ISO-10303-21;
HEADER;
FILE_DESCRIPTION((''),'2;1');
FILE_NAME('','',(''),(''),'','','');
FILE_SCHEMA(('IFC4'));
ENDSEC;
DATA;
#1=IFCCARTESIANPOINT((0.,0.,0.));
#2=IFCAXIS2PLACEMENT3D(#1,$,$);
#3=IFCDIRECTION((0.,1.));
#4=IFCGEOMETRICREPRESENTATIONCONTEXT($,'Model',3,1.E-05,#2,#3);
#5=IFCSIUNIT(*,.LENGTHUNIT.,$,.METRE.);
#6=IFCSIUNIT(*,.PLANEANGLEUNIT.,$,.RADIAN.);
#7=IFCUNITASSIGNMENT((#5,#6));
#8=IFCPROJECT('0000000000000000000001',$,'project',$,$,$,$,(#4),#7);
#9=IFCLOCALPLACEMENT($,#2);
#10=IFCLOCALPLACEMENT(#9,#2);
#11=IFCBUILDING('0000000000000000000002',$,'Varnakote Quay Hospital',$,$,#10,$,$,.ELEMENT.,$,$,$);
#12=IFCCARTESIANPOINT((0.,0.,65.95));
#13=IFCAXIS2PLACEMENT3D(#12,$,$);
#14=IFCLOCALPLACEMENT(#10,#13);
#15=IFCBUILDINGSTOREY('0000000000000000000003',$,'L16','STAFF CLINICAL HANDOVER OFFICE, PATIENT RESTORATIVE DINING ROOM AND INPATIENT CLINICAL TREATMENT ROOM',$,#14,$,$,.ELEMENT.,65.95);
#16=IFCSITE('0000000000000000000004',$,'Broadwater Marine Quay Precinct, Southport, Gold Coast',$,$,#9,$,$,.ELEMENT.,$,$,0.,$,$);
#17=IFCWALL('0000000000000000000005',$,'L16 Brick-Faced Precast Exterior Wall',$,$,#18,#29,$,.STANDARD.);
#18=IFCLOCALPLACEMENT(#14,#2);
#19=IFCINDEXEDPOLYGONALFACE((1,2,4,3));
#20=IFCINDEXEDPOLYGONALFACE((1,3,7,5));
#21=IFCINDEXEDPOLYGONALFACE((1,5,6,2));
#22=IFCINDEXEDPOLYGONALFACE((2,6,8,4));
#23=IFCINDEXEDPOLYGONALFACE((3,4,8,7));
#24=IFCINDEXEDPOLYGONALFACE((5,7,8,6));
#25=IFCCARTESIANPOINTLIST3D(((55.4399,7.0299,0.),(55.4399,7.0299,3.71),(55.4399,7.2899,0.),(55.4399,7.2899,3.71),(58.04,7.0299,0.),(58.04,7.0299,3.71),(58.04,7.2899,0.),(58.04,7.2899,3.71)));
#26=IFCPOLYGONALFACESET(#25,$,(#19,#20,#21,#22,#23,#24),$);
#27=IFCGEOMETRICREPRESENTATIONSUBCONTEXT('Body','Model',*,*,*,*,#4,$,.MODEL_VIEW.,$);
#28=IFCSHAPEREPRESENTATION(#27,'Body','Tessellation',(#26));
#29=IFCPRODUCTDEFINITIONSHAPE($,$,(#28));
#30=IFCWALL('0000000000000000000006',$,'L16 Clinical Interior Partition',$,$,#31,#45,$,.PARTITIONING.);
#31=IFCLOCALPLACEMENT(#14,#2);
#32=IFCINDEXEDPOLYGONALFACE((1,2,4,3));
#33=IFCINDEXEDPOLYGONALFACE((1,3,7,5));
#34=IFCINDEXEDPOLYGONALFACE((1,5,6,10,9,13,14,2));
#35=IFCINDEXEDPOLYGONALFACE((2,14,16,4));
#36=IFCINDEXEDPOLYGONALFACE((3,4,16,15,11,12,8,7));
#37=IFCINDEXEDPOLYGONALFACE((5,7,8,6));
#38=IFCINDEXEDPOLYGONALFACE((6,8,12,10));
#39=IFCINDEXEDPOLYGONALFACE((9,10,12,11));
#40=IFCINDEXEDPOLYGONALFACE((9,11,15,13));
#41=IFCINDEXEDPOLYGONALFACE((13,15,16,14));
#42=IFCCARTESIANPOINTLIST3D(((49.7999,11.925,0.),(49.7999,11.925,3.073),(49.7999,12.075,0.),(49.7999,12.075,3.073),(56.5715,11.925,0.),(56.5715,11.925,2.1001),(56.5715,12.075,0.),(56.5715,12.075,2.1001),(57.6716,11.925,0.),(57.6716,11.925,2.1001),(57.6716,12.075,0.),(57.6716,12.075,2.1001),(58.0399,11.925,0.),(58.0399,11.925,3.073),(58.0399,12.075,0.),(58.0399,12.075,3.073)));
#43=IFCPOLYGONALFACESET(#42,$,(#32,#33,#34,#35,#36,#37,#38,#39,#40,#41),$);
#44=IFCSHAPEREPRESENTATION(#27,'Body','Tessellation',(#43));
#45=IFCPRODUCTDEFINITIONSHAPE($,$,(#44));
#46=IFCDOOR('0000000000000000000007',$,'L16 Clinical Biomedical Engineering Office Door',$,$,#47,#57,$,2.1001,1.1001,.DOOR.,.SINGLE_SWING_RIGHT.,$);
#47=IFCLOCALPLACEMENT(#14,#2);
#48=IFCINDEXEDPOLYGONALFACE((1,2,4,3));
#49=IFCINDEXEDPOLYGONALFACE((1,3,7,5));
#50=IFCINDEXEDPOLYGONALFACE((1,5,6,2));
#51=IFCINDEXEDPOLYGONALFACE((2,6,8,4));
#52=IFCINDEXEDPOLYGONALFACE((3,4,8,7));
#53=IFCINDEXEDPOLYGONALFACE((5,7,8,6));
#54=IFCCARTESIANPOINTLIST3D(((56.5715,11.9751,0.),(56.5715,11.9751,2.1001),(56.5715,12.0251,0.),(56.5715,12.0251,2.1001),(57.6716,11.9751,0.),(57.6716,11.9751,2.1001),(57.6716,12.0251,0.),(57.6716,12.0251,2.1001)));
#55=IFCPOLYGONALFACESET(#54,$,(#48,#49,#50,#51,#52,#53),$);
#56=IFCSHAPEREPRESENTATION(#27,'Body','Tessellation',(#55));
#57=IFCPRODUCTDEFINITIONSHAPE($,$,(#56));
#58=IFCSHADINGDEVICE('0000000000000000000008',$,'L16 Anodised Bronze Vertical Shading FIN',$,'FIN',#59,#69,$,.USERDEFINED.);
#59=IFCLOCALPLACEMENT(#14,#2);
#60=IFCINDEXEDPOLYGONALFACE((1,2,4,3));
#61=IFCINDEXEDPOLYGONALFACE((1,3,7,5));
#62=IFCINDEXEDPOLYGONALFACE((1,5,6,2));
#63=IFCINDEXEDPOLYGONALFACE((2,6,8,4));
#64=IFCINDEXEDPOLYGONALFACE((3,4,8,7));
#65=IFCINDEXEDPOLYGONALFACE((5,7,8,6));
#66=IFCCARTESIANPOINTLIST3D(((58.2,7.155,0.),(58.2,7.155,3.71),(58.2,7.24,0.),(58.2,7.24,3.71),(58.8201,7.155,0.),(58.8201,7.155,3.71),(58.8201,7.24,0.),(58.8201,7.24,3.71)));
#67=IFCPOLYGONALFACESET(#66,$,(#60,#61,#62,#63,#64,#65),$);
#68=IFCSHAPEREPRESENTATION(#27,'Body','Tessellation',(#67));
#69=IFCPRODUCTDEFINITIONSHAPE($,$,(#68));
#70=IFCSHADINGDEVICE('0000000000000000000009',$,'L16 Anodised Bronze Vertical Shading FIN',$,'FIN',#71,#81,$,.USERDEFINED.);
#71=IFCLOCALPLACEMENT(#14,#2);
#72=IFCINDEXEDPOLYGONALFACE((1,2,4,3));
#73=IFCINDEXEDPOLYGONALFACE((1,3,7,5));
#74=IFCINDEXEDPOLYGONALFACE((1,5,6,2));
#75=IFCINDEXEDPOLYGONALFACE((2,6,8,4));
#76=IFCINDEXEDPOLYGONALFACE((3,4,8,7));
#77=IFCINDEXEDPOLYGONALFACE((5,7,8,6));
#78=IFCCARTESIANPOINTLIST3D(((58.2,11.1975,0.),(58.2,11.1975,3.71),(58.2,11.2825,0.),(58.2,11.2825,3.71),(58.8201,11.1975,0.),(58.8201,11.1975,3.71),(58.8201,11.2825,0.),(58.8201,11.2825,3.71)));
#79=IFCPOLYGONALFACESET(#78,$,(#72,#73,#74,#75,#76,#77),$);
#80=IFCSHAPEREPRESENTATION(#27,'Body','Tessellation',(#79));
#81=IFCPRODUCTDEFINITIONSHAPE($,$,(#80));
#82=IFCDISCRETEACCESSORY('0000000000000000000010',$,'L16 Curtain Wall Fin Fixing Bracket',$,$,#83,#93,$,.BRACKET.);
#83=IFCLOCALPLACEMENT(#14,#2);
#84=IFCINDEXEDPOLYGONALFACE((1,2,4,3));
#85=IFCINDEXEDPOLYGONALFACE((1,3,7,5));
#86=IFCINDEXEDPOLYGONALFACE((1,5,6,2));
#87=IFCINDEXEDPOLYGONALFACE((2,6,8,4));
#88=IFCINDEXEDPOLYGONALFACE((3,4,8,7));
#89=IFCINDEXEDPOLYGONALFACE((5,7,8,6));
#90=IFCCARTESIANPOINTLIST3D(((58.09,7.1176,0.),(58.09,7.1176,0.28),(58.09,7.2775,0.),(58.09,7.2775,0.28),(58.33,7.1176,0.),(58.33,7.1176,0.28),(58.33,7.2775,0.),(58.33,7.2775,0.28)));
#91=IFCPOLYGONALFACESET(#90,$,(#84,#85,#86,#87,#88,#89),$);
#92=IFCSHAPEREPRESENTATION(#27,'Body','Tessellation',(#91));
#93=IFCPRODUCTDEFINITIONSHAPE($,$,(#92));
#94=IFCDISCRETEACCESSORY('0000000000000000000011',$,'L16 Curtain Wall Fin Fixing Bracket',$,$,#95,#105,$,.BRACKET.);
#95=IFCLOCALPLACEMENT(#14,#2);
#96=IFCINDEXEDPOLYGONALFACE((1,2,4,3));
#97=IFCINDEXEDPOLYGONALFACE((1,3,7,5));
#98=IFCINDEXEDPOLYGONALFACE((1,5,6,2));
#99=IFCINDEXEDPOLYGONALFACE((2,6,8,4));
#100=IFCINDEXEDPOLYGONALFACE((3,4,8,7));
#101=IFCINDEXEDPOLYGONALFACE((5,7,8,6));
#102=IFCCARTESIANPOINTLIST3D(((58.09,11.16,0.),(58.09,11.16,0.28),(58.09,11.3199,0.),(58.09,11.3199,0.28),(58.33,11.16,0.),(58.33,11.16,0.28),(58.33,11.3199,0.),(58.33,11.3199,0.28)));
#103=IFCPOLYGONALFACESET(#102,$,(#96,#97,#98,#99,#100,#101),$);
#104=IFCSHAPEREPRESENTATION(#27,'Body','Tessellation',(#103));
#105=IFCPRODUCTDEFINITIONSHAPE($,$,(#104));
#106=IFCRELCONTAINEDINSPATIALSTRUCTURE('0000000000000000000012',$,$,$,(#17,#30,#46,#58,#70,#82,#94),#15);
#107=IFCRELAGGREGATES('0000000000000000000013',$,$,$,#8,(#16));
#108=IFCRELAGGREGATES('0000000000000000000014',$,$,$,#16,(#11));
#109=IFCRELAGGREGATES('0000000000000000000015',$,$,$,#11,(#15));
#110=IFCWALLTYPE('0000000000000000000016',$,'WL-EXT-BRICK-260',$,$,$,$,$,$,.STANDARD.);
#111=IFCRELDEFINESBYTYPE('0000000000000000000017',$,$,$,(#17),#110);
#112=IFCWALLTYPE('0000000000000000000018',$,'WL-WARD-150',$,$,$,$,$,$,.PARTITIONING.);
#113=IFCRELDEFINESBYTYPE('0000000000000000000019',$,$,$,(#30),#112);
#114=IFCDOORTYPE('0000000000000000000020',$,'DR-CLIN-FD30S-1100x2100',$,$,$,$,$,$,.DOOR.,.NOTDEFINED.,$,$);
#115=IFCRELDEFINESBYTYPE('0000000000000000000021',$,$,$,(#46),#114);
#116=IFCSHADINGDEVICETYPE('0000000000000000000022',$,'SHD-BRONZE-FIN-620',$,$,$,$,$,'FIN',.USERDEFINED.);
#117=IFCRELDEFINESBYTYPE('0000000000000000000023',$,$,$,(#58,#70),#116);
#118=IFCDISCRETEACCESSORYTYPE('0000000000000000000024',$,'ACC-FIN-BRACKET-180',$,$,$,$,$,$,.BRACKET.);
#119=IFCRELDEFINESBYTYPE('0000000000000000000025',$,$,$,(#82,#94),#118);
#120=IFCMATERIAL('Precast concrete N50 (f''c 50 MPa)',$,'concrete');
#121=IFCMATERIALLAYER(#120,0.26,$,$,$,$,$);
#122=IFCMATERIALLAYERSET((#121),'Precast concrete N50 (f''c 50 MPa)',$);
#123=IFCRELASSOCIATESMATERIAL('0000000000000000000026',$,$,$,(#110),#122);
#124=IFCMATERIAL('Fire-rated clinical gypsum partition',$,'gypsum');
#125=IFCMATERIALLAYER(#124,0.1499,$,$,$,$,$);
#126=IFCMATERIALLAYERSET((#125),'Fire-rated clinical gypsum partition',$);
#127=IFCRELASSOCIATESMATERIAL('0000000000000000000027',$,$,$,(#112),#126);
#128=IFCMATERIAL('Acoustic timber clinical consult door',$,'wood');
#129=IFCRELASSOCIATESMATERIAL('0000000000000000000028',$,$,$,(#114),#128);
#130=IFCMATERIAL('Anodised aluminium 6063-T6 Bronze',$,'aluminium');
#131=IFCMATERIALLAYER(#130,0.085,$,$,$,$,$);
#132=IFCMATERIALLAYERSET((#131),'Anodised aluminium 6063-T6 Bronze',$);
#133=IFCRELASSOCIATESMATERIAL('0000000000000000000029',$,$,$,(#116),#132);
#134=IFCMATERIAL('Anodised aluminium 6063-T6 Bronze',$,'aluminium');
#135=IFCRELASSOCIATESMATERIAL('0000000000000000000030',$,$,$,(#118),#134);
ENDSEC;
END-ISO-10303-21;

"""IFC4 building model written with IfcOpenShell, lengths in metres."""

from ifc_helpers import new_model, si_unit, direction, frame, frame_2d, origin, origin_2d, place, context, subcontext, project, spatial, rectangle, extrude, material, layer, layer_set, type_object, element, fill, save


model = new_model("IFC4")

# Units and contexts
model_context = context("Model", 3, precision=1e-05, world=origin(), true_north=direction((0.0, 1.0)))
body_context = subcontext(model_context, "Body", "Model", "MODEL_VIEW")
ifc_project = project(units=[si_unit("LENGTHUNIT", "METRE"), si_unit("PLANEANGLEUNIT", "RADIAN")], contexts=[model_context])

# Site, building, storey
site_placement = place(None, origin())
site = spatial("IfcSite", under=ifc_project, at=site_placement, Name="Broadwater Marine Quay Precinct, Southport, Gold Coast", CompositionType="ELEMENT", RefElevation=0.0)
building_placement = place(site_placement, origin())
building = spatial("IfcBuilding", under=site, at=building_placement, Name="Varnakote Quay Hospital", CompositionType="ELEMENT")
storey_placement = place(building_placement, frame((0.0, 0.0, 65.95)))
storey = spatial("IfcBuildingStorey", under=building, at=storey_placement, Name="L16", Description="STAFF CLINICAL HANDOVER OFFICE, PATIENT RESTORATIVE DINING ROOM AND INPATIENT CLINICAL TREATMENT ROOM", CompositionType="ELEMENT", Elevation=65.95)

# Wall
ifc_material_1 = material(Name="Precast concrete N50 (f'c 50 MPa)", Category="concrete")
ifc_layer_1 = layer(ifc_material_1, 0.26)
ifc_layer_set_1 = layer_set([ifc_layer_1], Name="Precast concrete N50 (f'c 50 MPa)")
wall_type_1 = type_object("IfcWallType", Name="WL-EXT-BRICK-260", PredefinedType="STANDARD", material=ifc_layer_set_1)
wall_1_placement = place(storey_placement, frame((55.4399, 7.1599, 0.0), z_axis=(0.0, 0.0, 1.0), x_axis=(1.0, 0.0, 0.0)))
element("IfcWall", 1, at=wall_1_placement, inside=storey, type_object=wall_type_1, Name="L16 Brick-Faced Precast Exterior Wall", PredefinedType="STANDARD", context=body_context, shape_type="SweptSolid", body=[
    extrude(rectangle(XDim=2.6001, YDim=0.26, at=frame_2d((1.3, 0.0))), origin(), (0.0, 0.0, 1.0), 3.71),
])

# Wall, opening, door
ifc_material_2 = material(Name="Fire-rated clinical gypsum partition", Category="gypsum")
ifc_layer_2 = layer(ifc_material_2, 0.1499)
ifc_layer_set_2 = layer_set([ifc_layer_2], Name="Fire-rated clinical gypsum partition")
wall_type_2 = type_object("IfcWallType", Name="WL-WARD-150", PredefinedType="PARTITIONING", material=ifc_layer_set_2)
wall_2_placement = place(storey_placement, frame((58.04, 12.0, 0.0), z_axis=(0.0, 0.0, 1.0), x_axis=(-1.0, 0.0, 0.0)))
wall_2 = element("IfcWall", 2, at=wall_2_placement, inside=storey, type_object=wall_type_2, Name="L16 Clinical Interior Partition", PredefinedType="PARTITIONING", context=body_context, shape_type="SweptSolid", body=[
    extrude(rectangle(XDim=8.24, YDim=0.1499, at=frame_2d((4.1201, 0.0))), origin(), (0.0, 0.0, 1.0), 3.073),
])
opening_placement = place(wall_2_placement, frame((0.3684, 0.0, 0.0)))
opening = element("IfcOpeningElement", 3, at=opening_placement, cuts=wall_2, PredefinedType="OPENING", context=body_context, shape_type="SweptSolid", body=[
    extrude(rectangle(XDim=1.1001, YDim=2.1001, at=frame_2d((0.55, 1.05))), frame((0.0, 0.085, 0.0), z_axis=(0.0, -1.0, 0.0), x_axis=(1.0, 0.0, 0.0)), (0.0, 0.0, 1.0), 0.1699),
])
ifc_material_3 = material(Name="Acoustic timber clinical consult door", Category="wood")
door_type = type_object("IfcDoorType", Name="DR-CLIN-FD30S-1100x2100", OperationType="NOTDEFINED", PredefinedType="DOOR", material=ifc_material_3)
door_placement = place(opening_placement, origin())
door = element("IfcDoor", 4, at=door_placement, inside=storey, type_object=door_type, Name="L16 Clinical Biomedical Engineering Office Door", OperationType="SINGLE_SWING_RIGHT", OverallHeight=2.1001, OverallWidth=1.1001, PredefinedType="DOOR", context=body_context, shape_type="SweptSolid", body=[
    extrude(rectangle(XDim=1.1001, YDim=2.1001, at=frame_2d((0.55, 1.05))), frame((0.0, 0.0249, 0.0), z_axis=(0.0, -1.0, 0.0), x_axis=(1.0, 0.0, 0.0)), (0.0, 0.0, 1.0), 0.05),
])
fill(opening, door)

# Shading devices
ifc_material_4 = material(Name="Anodised aluminium 6063-T6 Bronze", Category="aluminium")
ifc_layer_3 = layer(ifc_material_4, 0.085)
ifc_layer_set_3 = layer_set([ifc_layer_3], Name="Anodised aluminium 6063-T6 Bronze")
shading_device_type = type_object("IfcShadingDeviceType", Name="SHD-BRONZE-FIN-620", ElementType="FIN", PredefinedType="USERDEFINED", material=ifc_layer_set_3)
for number, where, z_axis, x_axis, name in (
    (5, (58.51, 7.1975, 0.0), (0.0, 0.0, 1.0), (-1.0, 0.0, 0.0), "L16 Anodised Bronze Vertical Shading FIN"),
    (6, (58.51, 11.24, 0.0), (0.0, 0.0, 1.0), (-1.0, 0.0, 0.0), "L16 Anodised Bronze Vertical Shading FIN"),
):
    element("IfcShadingDevice", number, at=place(storey_placement, frame(where, z_axis=z_axis, x_axis=x_axis)), inside=storey, type_object=shading_device_type, Name=name, ObjectType="FIN", PredefinedType="USERDEFINED", context=body_context, shape_type="SweptSolid", body=[
        extrude(rectangle(XDim=0.6201, YDim=0.085, at=origin_2d()), origin(), (0.0, 0.0, 1.0), 3.71),
    ])

# Discrete accessories
ifc_material_5 = material(Name="Anodised aluminium 6063-T6 Bronze", Category="aluminium")
discrete_accessory_type = type_object("IfcDiscreteAccessoryType", Name="ACC-FIN-BRACKET-180", PredefinedType="BRACKET", material=ifc_material_5)
for number, where, z_axis, x_axis, name in (
    (7, (58.21, 7.1975, 0.0), (0.0, 0.0, 1.0), (0.0, 1.0, 0.0), "L16 Curtain Wall Fin Fixing Bracket"),
    (8, (58.21, 11.24, 0.0), (0.0, 0.0, 1.0), (0.0, 1.0, 0.0), "L16 Curtain Wall Fin Fixing Bracket"),
):
    element("IfcDiscreteAccessory", number, at=place(storey_placement, frame(where, z_axis=z_axis, x_axis=x_axis)), inside=storey, type_object=discrete_accessory_type, Name=name, PredefinedType="BRACKET", context=body_context, shape_type="SweptSolid", body=[
        extrude(rectangle(XDim=0.1599, YDim=0.24, at=origin_2d()), origin(), (0.0, 0.0, 1.0), 0.28),
    ])

save(model, "model.ifc")
